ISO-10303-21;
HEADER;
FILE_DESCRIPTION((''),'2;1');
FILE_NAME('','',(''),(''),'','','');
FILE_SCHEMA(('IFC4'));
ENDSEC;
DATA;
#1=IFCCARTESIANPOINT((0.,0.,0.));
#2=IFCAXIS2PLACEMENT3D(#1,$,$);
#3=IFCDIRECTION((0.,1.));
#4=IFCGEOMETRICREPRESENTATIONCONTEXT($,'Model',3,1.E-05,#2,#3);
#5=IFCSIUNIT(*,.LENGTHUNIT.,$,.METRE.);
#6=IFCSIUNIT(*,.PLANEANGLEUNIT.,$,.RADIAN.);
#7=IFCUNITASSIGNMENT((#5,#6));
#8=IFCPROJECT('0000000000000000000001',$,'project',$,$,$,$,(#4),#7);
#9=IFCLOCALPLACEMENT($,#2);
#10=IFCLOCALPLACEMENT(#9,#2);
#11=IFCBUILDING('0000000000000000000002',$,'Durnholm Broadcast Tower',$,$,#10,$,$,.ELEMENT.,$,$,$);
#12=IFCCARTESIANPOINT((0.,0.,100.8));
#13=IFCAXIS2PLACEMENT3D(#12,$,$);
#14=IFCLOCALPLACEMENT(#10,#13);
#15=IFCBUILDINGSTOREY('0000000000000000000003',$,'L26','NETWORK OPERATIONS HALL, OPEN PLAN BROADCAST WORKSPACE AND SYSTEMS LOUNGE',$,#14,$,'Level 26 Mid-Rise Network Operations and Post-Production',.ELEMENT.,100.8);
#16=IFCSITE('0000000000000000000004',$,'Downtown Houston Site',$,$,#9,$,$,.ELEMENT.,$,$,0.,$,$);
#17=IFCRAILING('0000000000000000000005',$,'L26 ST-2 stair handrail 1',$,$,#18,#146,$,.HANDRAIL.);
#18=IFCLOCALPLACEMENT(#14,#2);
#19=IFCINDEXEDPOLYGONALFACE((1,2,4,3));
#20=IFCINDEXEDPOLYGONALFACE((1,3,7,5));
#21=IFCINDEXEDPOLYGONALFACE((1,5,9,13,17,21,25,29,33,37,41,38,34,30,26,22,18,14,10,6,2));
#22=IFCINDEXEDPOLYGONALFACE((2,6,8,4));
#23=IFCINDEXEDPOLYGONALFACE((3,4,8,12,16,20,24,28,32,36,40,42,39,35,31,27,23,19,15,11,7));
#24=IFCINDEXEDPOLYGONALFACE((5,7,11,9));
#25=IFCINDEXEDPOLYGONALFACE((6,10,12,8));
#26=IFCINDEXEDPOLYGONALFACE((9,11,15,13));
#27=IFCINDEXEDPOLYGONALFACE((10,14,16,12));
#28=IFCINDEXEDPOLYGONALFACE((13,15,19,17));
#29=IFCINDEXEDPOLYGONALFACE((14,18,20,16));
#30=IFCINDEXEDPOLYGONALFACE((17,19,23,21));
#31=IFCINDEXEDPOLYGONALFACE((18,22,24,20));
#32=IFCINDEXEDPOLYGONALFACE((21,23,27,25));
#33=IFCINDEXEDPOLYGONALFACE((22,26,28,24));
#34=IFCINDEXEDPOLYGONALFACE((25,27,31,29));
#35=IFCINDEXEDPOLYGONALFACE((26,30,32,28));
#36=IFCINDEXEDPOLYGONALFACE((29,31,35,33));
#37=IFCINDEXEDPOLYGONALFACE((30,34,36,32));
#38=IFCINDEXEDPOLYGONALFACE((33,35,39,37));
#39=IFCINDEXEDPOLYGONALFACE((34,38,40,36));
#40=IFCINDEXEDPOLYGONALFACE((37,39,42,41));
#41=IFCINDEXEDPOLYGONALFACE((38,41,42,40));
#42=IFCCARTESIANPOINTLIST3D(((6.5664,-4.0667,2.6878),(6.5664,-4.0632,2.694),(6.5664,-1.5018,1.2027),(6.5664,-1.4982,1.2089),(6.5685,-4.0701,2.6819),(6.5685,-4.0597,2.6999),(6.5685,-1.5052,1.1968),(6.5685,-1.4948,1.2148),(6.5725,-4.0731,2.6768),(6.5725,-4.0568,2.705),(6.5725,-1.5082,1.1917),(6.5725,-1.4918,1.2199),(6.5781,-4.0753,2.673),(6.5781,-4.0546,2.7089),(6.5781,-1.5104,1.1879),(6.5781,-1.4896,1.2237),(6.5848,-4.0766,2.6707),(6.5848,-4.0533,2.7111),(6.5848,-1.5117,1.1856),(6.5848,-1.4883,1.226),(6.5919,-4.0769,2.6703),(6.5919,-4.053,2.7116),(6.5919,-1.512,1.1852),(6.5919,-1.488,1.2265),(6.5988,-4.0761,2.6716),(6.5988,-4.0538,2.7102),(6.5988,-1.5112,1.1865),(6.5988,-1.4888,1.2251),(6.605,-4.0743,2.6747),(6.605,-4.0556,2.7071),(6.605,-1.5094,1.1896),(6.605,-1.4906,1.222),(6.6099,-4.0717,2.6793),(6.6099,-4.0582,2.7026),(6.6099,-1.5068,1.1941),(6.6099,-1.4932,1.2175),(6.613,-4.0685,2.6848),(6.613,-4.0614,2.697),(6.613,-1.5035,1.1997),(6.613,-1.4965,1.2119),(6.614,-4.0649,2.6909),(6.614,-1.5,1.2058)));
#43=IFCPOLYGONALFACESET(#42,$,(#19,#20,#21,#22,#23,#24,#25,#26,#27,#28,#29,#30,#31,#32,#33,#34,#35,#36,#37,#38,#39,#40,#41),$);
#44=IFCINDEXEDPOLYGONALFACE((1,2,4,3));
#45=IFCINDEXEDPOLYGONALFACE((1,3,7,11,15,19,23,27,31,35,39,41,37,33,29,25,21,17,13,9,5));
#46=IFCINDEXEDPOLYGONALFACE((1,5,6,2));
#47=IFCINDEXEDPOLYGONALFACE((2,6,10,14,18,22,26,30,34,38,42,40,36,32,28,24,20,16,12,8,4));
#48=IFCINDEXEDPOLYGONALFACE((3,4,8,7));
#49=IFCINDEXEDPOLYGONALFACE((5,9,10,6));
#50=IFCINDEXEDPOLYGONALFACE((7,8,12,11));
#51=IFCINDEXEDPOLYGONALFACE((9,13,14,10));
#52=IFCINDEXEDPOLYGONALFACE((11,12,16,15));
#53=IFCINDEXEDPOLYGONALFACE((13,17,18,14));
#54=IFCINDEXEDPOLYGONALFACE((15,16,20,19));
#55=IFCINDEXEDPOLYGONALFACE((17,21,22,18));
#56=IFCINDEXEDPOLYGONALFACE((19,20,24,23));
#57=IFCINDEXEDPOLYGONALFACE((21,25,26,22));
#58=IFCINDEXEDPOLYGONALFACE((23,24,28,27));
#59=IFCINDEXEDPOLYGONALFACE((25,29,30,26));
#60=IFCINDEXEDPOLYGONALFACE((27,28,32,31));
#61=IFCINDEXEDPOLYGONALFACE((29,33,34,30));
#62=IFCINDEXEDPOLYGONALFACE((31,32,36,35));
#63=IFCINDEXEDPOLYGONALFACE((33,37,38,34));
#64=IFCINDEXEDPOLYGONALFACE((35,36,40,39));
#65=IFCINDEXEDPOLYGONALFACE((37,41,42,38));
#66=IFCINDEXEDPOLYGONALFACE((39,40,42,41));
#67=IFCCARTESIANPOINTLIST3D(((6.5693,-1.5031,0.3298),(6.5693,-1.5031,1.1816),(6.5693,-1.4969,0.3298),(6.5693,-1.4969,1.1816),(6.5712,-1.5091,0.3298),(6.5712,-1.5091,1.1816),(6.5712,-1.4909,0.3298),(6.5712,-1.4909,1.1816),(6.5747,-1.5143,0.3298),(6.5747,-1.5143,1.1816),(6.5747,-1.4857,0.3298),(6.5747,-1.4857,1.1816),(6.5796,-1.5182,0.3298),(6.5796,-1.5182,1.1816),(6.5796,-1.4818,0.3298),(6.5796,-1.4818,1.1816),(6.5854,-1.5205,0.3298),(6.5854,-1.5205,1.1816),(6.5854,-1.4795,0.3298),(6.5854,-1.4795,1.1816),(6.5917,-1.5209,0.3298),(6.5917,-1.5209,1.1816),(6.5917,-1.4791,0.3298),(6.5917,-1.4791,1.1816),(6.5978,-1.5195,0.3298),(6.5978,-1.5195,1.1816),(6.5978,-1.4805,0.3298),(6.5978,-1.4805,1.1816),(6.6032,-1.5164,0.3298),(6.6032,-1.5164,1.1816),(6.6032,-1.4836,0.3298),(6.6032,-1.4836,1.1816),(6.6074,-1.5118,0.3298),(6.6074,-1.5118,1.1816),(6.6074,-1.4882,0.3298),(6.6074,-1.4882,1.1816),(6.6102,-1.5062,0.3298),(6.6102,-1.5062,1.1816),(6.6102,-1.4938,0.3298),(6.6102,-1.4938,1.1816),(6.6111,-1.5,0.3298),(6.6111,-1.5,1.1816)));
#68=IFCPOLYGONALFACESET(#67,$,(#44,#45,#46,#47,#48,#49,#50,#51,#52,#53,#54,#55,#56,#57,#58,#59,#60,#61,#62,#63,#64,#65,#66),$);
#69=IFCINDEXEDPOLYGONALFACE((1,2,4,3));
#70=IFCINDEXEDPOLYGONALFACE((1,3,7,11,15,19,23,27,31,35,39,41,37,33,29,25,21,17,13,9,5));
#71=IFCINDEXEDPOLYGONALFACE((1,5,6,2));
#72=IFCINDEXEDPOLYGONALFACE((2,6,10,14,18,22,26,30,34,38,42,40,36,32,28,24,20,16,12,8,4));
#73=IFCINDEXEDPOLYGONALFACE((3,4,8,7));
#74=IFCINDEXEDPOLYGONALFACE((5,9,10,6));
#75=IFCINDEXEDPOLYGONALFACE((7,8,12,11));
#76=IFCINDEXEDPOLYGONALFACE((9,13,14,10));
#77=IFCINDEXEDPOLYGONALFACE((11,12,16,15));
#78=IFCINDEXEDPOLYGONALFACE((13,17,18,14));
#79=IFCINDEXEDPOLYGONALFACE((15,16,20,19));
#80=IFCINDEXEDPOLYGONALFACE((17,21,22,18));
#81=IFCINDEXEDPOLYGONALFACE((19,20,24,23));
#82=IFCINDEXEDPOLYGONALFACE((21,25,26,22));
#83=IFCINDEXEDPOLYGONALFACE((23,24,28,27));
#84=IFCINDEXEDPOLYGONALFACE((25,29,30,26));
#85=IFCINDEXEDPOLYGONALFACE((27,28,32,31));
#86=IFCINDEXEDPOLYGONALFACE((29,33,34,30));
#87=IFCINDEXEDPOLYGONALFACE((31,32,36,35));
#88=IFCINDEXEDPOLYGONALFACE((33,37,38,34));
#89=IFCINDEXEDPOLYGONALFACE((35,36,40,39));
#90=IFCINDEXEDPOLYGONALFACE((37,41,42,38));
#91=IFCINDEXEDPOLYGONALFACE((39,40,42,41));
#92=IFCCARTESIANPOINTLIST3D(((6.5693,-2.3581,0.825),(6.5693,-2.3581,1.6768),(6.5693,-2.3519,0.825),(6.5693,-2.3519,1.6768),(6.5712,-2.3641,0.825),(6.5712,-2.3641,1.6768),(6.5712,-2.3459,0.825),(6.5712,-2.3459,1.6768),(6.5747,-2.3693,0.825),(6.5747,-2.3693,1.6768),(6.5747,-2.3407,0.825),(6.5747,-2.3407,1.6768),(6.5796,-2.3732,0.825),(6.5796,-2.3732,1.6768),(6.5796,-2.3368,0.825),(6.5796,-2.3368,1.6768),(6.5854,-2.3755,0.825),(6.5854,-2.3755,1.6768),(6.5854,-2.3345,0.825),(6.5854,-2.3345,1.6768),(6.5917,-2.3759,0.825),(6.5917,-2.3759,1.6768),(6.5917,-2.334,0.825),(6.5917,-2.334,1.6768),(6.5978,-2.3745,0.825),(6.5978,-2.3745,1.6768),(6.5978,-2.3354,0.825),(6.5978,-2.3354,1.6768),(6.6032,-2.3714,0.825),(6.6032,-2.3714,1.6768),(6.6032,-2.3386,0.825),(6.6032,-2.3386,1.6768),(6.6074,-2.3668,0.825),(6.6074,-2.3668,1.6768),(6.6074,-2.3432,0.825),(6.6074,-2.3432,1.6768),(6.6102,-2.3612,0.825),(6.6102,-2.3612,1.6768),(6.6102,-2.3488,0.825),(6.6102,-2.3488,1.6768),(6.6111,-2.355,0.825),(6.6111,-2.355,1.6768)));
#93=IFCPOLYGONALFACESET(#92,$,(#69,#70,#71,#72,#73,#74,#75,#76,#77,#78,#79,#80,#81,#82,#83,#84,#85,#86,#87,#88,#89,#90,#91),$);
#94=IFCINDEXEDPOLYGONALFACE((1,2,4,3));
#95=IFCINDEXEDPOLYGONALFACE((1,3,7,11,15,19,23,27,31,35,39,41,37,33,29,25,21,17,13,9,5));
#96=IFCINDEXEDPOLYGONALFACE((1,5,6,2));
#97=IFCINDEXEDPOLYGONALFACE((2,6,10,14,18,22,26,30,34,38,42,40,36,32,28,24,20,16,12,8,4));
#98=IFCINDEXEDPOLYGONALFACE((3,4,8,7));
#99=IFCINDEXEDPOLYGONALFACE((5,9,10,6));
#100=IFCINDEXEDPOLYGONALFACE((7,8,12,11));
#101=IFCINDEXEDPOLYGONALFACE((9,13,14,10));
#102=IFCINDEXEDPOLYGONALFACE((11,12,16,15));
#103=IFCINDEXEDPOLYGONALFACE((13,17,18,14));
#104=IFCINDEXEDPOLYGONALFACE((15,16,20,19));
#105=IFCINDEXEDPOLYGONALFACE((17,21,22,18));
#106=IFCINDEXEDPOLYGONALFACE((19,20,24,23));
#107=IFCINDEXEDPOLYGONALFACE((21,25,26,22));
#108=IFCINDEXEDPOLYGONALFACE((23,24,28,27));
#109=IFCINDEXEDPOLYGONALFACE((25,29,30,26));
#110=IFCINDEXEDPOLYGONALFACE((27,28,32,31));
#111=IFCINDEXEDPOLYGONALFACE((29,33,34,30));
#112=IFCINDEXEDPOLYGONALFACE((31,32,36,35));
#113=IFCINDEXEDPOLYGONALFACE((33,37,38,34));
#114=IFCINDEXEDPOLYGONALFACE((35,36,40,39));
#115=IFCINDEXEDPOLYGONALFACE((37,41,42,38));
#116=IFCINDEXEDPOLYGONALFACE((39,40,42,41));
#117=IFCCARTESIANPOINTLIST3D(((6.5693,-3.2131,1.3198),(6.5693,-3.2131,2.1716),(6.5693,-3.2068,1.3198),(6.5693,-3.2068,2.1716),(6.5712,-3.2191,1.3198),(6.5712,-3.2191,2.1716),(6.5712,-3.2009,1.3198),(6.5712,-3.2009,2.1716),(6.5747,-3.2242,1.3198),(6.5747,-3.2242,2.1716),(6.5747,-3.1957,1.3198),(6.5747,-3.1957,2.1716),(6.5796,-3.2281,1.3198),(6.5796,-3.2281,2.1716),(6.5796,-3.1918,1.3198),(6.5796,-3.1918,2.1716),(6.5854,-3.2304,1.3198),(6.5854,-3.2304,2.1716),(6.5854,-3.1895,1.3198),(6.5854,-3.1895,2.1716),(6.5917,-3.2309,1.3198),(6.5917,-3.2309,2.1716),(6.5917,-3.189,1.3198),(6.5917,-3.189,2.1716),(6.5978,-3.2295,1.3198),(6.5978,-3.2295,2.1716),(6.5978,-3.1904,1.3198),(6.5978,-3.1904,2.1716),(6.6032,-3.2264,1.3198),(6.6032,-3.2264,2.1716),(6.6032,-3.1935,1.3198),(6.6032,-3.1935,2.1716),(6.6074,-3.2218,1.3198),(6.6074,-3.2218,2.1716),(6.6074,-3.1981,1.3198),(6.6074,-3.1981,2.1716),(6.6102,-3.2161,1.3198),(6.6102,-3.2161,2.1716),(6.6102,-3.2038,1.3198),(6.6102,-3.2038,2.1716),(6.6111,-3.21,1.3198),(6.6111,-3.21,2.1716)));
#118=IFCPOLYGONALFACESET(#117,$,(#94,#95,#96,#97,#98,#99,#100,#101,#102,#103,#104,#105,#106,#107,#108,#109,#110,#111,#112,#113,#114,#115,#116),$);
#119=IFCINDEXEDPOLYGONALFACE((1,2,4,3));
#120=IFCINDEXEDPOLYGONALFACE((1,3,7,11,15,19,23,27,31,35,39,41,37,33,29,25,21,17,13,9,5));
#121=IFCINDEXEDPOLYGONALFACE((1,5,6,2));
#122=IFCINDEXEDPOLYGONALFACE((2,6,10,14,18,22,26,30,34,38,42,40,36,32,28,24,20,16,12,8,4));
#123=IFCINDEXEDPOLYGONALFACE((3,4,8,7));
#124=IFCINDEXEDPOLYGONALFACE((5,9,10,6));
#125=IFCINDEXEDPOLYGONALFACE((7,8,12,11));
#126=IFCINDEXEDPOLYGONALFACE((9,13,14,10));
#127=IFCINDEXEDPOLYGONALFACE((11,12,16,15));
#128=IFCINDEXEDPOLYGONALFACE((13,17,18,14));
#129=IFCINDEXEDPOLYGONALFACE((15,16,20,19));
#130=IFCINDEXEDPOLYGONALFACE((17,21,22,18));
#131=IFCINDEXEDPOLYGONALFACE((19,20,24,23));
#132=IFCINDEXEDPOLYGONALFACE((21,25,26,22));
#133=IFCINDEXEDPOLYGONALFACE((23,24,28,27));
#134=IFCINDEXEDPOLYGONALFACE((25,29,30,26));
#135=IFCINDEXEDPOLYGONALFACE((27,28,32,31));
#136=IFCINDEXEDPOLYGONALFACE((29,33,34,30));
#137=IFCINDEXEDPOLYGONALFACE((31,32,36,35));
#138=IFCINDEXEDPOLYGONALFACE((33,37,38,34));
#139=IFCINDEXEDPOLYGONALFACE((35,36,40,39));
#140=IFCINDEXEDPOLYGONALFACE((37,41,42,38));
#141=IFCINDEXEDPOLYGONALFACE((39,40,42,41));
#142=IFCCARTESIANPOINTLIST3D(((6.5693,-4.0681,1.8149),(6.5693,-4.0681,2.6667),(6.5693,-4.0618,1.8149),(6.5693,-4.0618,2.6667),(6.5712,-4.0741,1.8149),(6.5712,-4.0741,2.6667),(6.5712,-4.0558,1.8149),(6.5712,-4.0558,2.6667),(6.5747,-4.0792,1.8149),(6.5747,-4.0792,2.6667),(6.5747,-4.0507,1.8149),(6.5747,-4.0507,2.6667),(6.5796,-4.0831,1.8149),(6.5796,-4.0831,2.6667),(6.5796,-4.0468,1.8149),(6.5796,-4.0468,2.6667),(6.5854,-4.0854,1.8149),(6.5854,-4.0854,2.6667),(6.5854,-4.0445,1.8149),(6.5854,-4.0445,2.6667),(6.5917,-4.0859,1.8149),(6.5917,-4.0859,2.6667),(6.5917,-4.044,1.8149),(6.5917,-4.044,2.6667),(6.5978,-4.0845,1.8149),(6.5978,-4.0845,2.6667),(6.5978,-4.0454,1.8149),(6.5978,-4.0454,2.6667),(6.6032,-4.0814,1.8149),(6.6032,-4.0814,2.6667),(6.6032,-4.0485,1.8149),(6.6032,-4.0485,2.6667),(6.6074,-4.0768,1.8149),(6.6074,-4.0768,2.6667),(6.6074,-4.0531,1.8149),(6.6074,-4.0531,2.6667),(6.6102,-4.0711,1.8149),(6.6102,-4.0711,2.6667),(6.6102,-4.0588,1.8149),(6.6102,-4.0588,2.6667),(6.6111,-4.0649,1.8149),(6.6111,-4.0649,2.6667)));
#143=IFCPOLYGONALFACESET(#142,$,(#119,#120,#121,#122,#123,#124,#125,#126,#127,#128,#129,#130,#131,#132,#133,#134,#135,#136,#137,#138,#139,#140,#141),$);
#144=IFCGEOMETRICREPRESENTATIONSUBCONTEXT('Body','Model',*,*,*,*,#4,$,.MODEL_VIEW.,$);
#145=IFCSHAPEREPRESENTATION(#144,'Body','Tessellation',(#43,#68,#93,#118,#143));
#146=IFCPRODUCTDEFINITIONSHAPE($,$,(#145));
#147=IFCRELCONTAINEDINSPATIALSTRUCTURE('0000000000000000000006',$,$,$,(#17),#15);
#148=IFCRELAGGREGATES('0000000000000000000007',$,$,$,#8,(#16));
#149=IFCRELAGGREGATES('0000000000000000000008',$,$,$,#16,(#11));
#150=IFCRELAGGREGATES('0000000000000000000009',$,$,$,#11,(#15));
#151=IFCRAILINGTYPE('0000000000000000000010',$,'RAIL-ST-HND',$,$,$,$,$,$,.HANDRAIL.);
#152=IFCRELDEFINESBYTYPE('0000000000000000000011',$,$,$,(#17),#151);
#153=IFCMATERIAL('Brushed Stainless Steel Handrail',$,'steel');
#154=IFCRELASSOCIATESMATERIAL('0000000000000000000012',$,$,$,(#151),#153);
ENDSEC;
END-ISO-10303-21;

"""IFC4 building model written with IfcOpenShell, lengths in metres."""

from ifc_helpers import new_model, si_unit, direction, frame, origin, origin_2d, place, context, subcontext, project, spatial, circle, extrude, material, type_object, element, save


model = new_model("IFC4")

# Units and contexts
model_context = context("Model", 3, precision=1e-05, world=origin(), true_north=direction((0.0, 1.0)))
body_context = subcontext(model_context, "Body", "Model", "MODEL_VIEW")
ifc_project = project(units=[si_unit("LENGTHUNIT", "METRE"), si_unit("PLANEANGLEUNIT", "RADIAN")], contexts=[model_context])

# Site, building, storey
site_placement = place(None, origin())
site = spatial("IfcSite", under=ifc_project, at=site_placement, Name="Downtown Houston Site", CompositionType="ELEMENT", RefElevation=0.0)
building_placement = place(site_placement, origin())
building = spatial("IfcBuilding", under=site, at=building_placement, Name="Durnholm Broadcast Tower", CompositionType="ELEMENT")
storey_placement = place(building_placement, frame((0.0, 0.0, 100.8)))
storey = spatial("IfcBuildingStorey", under=building, at=storey_placement, Name="L26", Description="NETWORK OPERATIONS HALL, OPEN PLAN BROADCAST WORKSPACE AND SYSTEMS LOUNGE", LongName="Level 26 Mid-Rise Network Operations and Post-Production", CompositionType="ELEMENT", Elevation=100.8)

# Railing
ifc_material_1 = material(Name="Brushed Stainless Steel Handrail", Category="steel")
railing_type_1 = type_object("IfcRailingType", Name="RAIL-ST-HND", PredefinedType="HANDRAIL", material=ifc_material_1)
railing_1_placement = place(storey_placement, frame((6.5901, -1.5, 0.3298)))
element("IfcRailing", 1, at=railing_1_placement, inside=storey, type_object=railing_type_1, Name="L26 ST-2 stair handrail 1", PredefinedType="HANDRAIL", context=body_context, shape_type="SweptSolid", body=[
    extrude(circle(Radius=0.0239, at=origin_2d()), frame((0.0, 0.0, 0.876), z_axis=(0.0, -0.865406, 0.501072), x_axis=(1.0, 0.0, 0.0)), (0.0, 0.0, 1.0), 2.9639),
    extrude(circle(Radius=0.021, at=origin_2d()), origin(), (0.0, 0.0, 1.0), 0.8518),
    extrude(circle(Radius=0.021, at=origin_2d()), frame((0.0, -0.855, 0.4951)), (0.0, 0.0, 1.0), 0.8518),
    extrude(circle(Radius=0.021, at=origin_2d()), frame((0.0, -1.71, 0.99)), (0.0, 0.0, 1.0), 0.8518),
    extrude(circle(Radius=0.021, at=origin_2d()), frame((0.0, -2.5649, 1.4851)), (0.0, 0.0, 1.0), 0.8518),
])

save(model, "model.ifc")
